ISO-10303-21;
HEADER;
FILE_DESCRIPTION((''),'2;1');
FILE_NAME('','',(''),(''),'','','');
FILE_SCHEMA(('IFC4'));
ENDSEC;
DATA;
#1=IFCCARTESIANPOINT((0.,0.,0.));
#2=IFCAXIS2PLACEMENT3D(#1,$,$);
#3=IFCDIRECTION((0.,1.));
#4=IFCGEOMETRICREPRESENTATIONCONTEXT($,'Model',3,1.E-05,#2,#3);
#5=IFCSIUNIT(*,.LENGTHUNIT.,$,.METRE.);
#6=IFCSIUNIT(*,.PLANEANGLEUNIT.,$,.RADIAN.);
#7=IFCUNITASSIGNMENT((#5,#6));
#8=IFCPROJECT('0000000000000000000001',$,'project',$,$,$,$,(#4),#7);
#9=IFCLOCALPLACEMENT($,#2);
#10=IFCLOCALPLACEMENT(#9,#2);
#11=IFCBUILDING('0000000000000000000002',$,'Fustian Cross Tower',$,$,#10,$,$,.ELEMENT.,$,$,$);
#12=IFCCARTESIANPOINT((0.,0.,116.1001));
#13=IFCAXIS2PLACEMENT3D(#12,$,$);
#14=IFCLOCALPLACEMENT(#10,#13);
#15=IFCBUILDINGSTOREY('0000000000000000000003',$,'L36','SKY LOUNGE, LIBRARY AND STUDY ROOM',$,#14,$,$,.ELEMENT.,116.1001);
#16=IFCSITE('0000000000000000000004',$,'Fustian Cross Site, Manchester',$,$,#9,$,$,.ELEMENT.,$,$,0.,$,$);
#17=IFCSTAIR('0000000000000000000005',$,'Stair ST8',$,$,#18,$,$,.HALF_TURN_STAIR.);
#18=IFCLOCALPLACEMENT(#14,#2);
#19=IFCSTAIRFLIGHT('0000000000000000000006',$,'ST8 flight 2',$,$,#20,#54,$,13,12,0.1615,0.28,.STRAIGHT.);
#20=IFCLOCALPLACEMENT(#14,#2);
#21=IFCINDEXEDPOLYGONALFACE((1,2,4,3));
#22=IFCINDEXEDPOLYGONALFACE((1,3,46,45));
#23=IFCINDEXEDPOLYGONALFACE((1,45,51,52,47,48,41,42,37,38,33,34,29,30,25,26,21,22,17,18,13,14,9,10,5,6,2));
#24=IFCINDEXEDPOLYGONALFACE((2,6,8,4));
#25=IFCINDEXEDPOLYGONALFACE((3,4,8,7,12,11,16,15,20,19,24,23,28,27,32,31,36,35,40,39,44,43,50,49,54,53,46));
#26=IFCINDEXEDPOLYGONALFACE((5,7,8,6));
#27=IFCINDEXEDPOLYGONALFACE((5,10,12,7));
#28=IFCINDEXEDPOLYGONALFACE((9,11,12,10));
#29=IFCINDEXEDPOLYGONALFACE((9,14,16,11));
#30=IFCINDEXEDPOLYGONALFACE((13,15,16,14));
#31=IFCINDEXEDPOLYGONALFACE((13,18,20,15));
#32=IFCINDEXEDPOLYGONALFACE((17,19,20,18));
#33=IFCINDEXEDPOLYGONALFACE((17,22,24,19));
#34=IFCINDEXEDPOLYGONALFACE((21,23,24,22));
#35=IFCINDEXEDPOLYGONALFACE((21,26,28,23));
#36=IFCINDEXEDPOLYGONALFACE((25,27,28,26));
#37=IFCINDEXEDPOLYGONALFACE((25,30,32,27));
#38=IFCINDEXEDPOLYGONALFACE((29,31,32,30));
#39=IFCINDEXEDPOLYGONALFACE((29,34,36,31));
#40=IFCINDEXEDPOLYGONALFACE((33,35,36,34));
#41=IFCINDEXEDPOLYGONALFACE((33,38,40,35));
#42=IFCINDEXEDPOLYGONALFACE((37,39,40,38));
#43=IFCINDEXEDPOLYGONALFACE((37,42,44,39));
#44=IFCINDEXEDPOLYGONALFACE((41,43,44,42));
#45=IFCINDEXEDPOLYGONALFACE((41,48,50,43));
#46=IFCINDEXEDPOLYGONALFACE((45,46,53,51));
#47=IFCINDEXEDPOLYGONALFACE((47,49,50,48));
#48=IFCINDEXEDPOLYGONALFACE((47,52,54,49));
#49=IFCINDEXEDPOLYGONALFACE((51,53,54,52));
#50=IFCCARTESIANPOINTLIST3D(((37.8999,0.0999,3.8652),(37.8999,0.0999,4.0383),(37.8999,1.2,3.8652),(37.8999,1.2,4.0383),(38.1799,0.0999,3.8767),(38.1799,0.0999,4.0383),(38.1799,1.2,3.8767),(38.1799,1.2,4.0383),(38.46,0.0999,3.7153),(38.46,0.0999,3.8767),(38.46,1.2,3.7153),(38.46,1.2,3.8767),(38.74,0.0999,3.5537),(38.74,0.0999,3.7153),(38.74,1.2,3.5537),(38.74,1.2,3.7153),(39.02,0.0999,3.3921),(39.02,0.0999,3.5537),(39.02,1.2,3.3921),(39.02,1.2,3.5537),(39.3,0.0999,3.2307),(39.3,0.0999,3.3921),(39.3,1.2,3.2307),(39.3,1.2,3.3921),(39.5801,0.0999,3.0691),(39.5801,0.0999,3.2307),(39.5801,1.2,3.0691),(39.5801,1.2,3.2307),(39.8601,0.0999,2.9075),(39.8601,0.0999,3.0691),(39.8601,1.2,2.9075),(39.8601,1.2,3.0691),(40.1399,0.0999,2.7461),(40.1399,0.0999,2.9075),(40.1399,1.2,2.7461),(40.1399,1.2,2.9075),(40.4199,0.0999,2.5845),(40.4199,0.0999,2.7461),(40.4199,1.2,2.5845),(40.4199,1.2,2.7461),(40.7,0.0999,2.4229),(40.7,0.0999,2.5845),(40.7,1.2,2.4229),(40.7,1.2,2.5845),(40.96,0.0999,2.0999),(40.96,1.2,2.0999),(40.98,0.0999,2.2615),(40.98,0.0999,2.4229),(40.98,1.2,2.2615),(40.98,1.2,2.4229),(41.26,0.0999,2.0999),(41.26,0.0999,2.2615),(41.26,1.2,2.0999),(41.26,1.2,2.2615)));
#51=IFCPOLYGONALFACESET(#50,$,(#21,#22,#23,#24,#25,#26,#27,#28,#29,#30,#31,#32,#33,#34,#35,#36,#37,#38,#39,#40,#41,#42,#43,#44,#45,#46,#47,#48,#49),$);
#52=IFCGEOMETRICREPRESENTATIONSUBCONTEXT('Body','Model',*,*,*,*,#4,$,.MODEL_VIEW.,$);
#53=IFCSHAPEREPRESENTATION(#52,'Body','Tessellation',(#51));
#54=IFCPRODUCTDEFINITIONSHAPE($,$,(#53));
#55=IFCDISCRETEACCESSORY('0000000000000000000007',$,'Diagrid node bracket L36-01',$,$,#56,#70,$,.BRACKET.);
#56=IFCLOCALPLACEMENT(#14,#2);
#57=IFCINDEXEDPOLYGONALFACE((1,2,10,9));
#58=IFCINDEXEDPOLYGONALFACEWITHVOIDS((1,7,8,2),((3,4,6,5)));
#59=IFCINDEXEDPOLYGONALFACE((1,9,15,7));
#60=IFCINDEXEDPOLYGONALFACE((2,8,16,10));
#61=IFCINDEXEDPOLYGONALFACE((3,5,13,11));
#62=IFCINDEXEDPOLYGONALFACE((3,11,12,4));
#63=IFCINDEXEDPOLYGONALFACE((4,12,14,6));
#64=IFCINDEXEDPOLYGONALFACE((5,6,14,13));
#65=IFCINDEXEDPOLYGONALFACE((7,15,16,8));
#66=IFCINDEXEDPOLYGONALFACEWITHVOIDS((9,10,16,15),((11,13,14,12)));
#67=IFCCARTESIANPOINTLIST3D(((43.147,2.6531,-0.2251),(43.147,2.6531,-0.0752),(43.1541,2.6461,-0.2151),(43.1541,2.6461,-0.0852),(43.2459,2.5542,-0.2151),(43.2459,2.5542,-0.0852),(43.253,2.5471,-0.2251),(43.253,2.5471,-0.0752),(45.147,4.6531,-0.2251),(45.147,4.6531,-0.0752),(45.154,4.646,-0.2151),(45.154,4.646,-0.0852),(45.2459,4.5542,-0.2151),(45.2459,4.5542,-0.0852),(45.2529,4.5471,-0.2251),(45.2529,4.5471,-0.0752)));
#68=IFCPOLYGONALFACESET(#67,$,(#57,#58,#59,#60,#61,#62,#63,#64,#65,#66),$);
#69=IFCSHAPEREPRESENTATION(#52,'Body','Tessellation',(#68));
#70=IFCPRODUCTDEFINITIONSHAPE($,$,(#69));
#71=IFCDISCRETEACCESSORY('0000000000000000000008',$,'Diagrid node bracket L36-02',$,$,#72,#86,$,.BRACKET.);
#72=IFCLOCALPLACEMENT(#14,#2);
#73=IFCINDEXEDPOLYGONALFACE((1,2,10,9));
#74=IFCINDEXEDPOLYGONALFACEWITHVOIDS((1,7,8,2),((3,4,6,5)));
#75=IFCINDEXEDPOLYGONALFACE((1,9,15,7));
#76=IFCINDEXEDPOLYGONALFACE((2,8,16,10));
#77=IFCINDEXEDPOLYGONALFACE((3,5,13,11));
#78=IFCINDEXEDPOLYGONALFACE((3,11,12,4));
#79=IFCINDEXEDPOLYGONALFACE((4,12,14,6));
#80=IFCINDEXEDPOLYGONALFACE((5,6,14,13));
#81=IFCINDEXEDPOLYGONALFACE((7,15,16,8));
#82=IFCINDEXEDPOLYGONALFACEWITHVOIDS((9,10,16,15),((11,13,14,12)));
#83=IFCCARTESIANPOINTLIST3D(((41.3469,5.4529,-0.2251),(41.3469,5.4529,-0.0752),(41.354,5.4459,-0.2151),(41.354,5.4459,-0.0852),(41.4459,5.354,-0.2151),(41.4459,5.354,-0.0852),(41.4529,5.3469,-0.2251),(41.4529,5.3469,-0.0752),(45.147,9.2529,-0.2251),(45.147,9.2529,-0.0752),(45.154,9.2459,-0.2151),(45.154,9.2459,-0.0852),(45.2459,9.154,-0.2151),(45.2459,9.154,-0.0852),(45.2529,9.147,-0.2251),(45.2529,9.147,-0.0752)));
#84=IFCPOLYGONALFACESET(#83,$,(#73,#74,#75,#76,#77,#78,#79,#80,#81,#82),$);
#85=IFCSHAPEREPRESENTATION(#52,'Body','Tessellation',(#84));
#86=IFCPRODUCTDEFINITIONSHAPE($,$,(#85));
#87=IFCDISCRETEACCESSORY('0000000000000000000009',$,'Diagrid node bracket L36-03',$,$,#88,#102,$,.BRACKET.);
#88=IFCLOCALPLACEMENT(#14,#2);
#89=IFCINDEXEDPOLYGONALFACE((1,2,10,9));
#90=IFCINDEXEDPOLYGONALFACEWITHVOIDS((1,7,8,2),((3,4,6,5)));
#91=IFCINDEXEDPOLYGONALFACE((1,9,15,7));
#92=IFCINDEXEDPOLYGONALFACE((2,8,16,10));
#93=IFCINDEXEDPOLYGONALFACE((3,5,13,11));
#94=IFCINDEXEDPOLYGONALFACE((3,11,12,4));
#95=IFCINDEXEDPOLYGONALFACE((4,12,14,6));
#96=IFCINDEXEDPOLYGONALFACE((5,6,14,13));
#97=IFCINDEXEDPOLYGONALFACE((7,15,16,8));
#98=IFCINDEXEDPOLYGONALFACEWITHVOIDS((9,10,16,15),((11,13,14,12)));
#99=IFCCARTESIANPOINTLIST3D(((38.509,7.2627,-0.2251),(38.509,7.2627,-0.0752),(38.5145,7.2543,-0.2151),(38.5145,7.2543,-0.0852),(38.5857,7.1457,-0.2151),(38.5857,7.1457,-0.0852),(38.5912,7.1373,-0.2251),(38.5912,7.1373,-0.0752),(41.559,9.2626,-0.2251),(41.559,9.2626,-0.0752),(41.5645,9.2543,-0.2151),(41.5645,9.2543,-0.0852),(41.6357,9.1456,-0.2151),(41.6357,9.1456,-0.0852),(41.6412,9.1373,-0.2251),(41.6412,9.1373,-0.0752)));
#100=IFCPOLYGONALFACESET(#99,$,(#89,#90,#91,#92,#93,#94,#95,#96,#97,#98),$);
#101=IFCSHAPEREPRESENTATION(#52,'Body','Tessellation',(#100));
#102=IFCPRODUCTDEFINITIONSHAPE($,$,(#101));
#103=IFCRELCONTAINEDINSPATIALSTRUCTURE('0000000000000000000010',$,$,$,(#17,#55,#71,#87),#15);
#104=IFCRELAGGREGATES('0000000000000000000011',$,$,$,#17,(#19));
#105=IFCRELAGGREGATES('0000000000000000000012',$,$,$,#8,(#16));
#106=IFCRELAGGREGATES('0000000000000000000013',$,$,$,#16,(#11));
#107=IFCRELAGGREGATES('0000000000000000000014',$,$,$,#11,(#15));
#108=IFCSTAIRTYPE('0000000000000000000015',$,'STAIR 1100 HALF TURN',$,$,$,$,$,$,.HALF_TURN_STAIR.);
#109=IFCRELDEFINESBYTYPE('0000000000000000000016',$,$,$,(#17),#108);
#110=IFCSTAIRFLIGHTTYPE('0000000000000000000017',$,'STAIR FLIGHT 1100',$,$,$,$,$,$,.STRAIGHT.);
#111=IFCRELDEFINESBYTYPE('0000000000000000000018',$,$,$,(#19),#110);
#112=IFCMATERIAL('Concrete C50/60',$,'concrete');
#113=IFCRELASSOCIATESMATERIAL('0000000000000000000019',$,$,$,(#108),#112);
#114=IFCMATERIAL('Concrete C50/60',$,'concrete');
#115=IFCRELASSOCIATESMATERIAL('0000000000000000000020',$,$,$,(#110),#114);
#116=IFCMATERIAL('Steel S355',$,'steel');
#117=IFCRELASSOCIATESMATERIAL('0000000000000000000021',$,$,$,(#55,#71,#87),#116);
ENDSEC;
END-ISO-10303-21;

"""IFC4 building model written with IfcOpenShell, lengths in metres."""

from ifc_helpers import new_model, si_unit, direction, frame, origin, origin_2d, place, context, subcontext, project, spatial, polyline, hollow_rectangle, outline, extrude, material, type_object, element, aggregate, save


model = new_model("IFC4")

# Units and contexts
model_context = context("Model", 3, precision=1e-05, world=origin(), true_north=direction((0.0, 1.0)))
body_context = subcontext(model_context, "Body", "Model", "MODEL_VIEW")
ifc_project = project(units=[si_unit("LENGTHUNIT", "METRE"), si_unit("PLANEANGLEUNIT", "RADIAN")], contexts=[model_context])

# Site, building, storey
site_placement = place(None, origin())
site = spatial("IfcSite", under=ifc_project, at=site_placement, Name="Fustian Cross Site, Manchester", CompositionType="ELEMENT", RefElevation=0.0)
building_placement = place(site_placement, origin())
building = spatial("IfcBuilding", under=site, at=building_placement, Name="Fustian Cross Tower", CompositionType="ELEMENT")
storey_placement = place(building_placement, frame((0.0, 0.0, 116.1001)))
storey = spatial("IfcBuildingStorey", under=building, at=storey_placement, Name="L36", Description="SKY LOUNGE, LIBRARY AND STUDY ROOM", CompositionType="ELEMENT", Elevation=116.1001)

# Stair, stair flight
ifc_material_1 = material(Name="Concrete C50/60", Category="concrete")
stair_type = type_object("IfcStairType", Name="STAIR 1100 HALF TURN", PredefinedType="HALF_TURN_STAIR", material=ifc_material_1)
stair_placement = place(storey_placement, origin())
stair = element("IfcStair", 1, at=stair_placement, inside=storey, type_object=stair_type, Name="Stair ST8", PredefinedType="HALF_TURN_STAIR")
ifc_material_2 = material(Name="Concrete C50/60", Category="concrete")
stair_flight_type = type_object("IfcStairFlightType", Name="STAIR FLIGHT 1100", PredefinedType="STRAIGHT", material=ifc_material_2)
stair_flight_placement = place(storey_placement, frame((41.26, 0.6499, 2.0999), z_axis=(0.0, 0.0, 1.0), x_axis=(-1.0, 0.0, 0.0)))
stair_flight = element("IfcStairFlight", 2, at=stair_flight_placement, type_object=stair_flight_type, Name="ST8 flight 2", NumberOfRisers=13, NumberOfTreads=12, PredefinedType="STRAIGHT", RiserHeight=0.1615, TreadLength=0.28, context=body_context, shape_type="SweptSolid", body=[
    extrude(outline(polyline([(0.0, 0.0), (0.0, 0.1616), (0.28, 0.1616), (0.28, 0.323), (0.5601, 0.323), (0.5601, 0.4846), (0.8401, 0.4846), (0.8401, 0.6462), (1.1201, 0.6462), (1.1201, 0.8076), (1.3999, 0.8076), (1.3999, 0.9692), (1.6799, 0.9692), (1.6799, 1.1309), (1.96, 1.1309), (1.96, 1.2922), (2.24, 1.2922), (2.24, 1.4539), (2.52, 1.4539), (2.52, 1.6155), (2.8, 1.6155), (2.8, 1.7769), (3.0801, 1.7769), (3.0801, 1.9385), (3.3601, 1.9385), (3.3601, 2.1001), (3.3601, 1.7654), (0.3, 0.0), (0.0, 0.0)])), frame((0.0, 0.55, 0.0), z_axis=(0.0, -1.0, 0.0), x_axis=(1.0, 0.0, 0.0)), (0.0, 0.0, 1.0), 1.1001),
])
aggregate(stair, [stair_flight])

# Discrete accessories
ifc_material_3 = material(Name="Steel S355", Category="steel")
discrete_accessory_1_placement = place(storey_placement, frame((45.2, 4.6001, -0.1501), z_axis=(-0.707107, -0.707107, 0.0), x_axis=(0.707107, -0.707107, 0.0)))
element("IfcDiscreteAccessory", 3, at=discrete_accessory_1_placement, inside=storey, material=ifc_material_3, Name="Diagrid node bracket L36-01", PredefinedType="BRACKET", context=body_context, shape_type="SweptSolid", body=[
    extrude(hollow_rectangle(XDim=0.1499, YDim=0.1499, WallThickness=0.01, at=origin_2d()), origin(), (0.0, 0.0, 1.0), 2.8284),
])
discrete_accessory_2_placement = place(storey_placement, frame((45.2, 9.2, -0.1501), z_axis=(-0.707107, -0.707107, 0.0), x_axis=(0.707107, -0.707107, 0.0)))
element("IfcDiscreteAccessory", 4, at=discrete_accessory_2_placement, inside=storey, material=ifc_material_3, Name="Diagrid node bracket L36-02", PredefinedType="BRACKET", context=body_context, shape_type="SweptSolid", body=[
    extrude(hollow_rectangle(XDim=0.1499, YDim=0.1499, WallThickness=0.01, at=origin_2d()), origin(), (0.0, 0.0, 1.0), 5.374),
])
discrete_accessory_3_placement = place(storey_placement, frame((41.6001, 9.2, -0.1501), z_axis=(-0.836248, -0.548351, 0.0), x_axis=(0.548351, -0.836248, 0.0)))
element("IfcDiscreteAccessory", 5, at=discrete_accessory_3_placement, inside=storey, material=ifc_material_3, Name="Diagrid node bracket L36-03", PredefinedType="BRACKET", context=body_context, shape_type="SweptSolid", body=[
    extrude(hollow_rectangle(XDim=0.1499, YDim=0.1499, WallThickness=0.01, at=origin_2d()), origin(), (0.0, 0.0, 1.0), 3.6472),
])

save(model, "model.ifc")
